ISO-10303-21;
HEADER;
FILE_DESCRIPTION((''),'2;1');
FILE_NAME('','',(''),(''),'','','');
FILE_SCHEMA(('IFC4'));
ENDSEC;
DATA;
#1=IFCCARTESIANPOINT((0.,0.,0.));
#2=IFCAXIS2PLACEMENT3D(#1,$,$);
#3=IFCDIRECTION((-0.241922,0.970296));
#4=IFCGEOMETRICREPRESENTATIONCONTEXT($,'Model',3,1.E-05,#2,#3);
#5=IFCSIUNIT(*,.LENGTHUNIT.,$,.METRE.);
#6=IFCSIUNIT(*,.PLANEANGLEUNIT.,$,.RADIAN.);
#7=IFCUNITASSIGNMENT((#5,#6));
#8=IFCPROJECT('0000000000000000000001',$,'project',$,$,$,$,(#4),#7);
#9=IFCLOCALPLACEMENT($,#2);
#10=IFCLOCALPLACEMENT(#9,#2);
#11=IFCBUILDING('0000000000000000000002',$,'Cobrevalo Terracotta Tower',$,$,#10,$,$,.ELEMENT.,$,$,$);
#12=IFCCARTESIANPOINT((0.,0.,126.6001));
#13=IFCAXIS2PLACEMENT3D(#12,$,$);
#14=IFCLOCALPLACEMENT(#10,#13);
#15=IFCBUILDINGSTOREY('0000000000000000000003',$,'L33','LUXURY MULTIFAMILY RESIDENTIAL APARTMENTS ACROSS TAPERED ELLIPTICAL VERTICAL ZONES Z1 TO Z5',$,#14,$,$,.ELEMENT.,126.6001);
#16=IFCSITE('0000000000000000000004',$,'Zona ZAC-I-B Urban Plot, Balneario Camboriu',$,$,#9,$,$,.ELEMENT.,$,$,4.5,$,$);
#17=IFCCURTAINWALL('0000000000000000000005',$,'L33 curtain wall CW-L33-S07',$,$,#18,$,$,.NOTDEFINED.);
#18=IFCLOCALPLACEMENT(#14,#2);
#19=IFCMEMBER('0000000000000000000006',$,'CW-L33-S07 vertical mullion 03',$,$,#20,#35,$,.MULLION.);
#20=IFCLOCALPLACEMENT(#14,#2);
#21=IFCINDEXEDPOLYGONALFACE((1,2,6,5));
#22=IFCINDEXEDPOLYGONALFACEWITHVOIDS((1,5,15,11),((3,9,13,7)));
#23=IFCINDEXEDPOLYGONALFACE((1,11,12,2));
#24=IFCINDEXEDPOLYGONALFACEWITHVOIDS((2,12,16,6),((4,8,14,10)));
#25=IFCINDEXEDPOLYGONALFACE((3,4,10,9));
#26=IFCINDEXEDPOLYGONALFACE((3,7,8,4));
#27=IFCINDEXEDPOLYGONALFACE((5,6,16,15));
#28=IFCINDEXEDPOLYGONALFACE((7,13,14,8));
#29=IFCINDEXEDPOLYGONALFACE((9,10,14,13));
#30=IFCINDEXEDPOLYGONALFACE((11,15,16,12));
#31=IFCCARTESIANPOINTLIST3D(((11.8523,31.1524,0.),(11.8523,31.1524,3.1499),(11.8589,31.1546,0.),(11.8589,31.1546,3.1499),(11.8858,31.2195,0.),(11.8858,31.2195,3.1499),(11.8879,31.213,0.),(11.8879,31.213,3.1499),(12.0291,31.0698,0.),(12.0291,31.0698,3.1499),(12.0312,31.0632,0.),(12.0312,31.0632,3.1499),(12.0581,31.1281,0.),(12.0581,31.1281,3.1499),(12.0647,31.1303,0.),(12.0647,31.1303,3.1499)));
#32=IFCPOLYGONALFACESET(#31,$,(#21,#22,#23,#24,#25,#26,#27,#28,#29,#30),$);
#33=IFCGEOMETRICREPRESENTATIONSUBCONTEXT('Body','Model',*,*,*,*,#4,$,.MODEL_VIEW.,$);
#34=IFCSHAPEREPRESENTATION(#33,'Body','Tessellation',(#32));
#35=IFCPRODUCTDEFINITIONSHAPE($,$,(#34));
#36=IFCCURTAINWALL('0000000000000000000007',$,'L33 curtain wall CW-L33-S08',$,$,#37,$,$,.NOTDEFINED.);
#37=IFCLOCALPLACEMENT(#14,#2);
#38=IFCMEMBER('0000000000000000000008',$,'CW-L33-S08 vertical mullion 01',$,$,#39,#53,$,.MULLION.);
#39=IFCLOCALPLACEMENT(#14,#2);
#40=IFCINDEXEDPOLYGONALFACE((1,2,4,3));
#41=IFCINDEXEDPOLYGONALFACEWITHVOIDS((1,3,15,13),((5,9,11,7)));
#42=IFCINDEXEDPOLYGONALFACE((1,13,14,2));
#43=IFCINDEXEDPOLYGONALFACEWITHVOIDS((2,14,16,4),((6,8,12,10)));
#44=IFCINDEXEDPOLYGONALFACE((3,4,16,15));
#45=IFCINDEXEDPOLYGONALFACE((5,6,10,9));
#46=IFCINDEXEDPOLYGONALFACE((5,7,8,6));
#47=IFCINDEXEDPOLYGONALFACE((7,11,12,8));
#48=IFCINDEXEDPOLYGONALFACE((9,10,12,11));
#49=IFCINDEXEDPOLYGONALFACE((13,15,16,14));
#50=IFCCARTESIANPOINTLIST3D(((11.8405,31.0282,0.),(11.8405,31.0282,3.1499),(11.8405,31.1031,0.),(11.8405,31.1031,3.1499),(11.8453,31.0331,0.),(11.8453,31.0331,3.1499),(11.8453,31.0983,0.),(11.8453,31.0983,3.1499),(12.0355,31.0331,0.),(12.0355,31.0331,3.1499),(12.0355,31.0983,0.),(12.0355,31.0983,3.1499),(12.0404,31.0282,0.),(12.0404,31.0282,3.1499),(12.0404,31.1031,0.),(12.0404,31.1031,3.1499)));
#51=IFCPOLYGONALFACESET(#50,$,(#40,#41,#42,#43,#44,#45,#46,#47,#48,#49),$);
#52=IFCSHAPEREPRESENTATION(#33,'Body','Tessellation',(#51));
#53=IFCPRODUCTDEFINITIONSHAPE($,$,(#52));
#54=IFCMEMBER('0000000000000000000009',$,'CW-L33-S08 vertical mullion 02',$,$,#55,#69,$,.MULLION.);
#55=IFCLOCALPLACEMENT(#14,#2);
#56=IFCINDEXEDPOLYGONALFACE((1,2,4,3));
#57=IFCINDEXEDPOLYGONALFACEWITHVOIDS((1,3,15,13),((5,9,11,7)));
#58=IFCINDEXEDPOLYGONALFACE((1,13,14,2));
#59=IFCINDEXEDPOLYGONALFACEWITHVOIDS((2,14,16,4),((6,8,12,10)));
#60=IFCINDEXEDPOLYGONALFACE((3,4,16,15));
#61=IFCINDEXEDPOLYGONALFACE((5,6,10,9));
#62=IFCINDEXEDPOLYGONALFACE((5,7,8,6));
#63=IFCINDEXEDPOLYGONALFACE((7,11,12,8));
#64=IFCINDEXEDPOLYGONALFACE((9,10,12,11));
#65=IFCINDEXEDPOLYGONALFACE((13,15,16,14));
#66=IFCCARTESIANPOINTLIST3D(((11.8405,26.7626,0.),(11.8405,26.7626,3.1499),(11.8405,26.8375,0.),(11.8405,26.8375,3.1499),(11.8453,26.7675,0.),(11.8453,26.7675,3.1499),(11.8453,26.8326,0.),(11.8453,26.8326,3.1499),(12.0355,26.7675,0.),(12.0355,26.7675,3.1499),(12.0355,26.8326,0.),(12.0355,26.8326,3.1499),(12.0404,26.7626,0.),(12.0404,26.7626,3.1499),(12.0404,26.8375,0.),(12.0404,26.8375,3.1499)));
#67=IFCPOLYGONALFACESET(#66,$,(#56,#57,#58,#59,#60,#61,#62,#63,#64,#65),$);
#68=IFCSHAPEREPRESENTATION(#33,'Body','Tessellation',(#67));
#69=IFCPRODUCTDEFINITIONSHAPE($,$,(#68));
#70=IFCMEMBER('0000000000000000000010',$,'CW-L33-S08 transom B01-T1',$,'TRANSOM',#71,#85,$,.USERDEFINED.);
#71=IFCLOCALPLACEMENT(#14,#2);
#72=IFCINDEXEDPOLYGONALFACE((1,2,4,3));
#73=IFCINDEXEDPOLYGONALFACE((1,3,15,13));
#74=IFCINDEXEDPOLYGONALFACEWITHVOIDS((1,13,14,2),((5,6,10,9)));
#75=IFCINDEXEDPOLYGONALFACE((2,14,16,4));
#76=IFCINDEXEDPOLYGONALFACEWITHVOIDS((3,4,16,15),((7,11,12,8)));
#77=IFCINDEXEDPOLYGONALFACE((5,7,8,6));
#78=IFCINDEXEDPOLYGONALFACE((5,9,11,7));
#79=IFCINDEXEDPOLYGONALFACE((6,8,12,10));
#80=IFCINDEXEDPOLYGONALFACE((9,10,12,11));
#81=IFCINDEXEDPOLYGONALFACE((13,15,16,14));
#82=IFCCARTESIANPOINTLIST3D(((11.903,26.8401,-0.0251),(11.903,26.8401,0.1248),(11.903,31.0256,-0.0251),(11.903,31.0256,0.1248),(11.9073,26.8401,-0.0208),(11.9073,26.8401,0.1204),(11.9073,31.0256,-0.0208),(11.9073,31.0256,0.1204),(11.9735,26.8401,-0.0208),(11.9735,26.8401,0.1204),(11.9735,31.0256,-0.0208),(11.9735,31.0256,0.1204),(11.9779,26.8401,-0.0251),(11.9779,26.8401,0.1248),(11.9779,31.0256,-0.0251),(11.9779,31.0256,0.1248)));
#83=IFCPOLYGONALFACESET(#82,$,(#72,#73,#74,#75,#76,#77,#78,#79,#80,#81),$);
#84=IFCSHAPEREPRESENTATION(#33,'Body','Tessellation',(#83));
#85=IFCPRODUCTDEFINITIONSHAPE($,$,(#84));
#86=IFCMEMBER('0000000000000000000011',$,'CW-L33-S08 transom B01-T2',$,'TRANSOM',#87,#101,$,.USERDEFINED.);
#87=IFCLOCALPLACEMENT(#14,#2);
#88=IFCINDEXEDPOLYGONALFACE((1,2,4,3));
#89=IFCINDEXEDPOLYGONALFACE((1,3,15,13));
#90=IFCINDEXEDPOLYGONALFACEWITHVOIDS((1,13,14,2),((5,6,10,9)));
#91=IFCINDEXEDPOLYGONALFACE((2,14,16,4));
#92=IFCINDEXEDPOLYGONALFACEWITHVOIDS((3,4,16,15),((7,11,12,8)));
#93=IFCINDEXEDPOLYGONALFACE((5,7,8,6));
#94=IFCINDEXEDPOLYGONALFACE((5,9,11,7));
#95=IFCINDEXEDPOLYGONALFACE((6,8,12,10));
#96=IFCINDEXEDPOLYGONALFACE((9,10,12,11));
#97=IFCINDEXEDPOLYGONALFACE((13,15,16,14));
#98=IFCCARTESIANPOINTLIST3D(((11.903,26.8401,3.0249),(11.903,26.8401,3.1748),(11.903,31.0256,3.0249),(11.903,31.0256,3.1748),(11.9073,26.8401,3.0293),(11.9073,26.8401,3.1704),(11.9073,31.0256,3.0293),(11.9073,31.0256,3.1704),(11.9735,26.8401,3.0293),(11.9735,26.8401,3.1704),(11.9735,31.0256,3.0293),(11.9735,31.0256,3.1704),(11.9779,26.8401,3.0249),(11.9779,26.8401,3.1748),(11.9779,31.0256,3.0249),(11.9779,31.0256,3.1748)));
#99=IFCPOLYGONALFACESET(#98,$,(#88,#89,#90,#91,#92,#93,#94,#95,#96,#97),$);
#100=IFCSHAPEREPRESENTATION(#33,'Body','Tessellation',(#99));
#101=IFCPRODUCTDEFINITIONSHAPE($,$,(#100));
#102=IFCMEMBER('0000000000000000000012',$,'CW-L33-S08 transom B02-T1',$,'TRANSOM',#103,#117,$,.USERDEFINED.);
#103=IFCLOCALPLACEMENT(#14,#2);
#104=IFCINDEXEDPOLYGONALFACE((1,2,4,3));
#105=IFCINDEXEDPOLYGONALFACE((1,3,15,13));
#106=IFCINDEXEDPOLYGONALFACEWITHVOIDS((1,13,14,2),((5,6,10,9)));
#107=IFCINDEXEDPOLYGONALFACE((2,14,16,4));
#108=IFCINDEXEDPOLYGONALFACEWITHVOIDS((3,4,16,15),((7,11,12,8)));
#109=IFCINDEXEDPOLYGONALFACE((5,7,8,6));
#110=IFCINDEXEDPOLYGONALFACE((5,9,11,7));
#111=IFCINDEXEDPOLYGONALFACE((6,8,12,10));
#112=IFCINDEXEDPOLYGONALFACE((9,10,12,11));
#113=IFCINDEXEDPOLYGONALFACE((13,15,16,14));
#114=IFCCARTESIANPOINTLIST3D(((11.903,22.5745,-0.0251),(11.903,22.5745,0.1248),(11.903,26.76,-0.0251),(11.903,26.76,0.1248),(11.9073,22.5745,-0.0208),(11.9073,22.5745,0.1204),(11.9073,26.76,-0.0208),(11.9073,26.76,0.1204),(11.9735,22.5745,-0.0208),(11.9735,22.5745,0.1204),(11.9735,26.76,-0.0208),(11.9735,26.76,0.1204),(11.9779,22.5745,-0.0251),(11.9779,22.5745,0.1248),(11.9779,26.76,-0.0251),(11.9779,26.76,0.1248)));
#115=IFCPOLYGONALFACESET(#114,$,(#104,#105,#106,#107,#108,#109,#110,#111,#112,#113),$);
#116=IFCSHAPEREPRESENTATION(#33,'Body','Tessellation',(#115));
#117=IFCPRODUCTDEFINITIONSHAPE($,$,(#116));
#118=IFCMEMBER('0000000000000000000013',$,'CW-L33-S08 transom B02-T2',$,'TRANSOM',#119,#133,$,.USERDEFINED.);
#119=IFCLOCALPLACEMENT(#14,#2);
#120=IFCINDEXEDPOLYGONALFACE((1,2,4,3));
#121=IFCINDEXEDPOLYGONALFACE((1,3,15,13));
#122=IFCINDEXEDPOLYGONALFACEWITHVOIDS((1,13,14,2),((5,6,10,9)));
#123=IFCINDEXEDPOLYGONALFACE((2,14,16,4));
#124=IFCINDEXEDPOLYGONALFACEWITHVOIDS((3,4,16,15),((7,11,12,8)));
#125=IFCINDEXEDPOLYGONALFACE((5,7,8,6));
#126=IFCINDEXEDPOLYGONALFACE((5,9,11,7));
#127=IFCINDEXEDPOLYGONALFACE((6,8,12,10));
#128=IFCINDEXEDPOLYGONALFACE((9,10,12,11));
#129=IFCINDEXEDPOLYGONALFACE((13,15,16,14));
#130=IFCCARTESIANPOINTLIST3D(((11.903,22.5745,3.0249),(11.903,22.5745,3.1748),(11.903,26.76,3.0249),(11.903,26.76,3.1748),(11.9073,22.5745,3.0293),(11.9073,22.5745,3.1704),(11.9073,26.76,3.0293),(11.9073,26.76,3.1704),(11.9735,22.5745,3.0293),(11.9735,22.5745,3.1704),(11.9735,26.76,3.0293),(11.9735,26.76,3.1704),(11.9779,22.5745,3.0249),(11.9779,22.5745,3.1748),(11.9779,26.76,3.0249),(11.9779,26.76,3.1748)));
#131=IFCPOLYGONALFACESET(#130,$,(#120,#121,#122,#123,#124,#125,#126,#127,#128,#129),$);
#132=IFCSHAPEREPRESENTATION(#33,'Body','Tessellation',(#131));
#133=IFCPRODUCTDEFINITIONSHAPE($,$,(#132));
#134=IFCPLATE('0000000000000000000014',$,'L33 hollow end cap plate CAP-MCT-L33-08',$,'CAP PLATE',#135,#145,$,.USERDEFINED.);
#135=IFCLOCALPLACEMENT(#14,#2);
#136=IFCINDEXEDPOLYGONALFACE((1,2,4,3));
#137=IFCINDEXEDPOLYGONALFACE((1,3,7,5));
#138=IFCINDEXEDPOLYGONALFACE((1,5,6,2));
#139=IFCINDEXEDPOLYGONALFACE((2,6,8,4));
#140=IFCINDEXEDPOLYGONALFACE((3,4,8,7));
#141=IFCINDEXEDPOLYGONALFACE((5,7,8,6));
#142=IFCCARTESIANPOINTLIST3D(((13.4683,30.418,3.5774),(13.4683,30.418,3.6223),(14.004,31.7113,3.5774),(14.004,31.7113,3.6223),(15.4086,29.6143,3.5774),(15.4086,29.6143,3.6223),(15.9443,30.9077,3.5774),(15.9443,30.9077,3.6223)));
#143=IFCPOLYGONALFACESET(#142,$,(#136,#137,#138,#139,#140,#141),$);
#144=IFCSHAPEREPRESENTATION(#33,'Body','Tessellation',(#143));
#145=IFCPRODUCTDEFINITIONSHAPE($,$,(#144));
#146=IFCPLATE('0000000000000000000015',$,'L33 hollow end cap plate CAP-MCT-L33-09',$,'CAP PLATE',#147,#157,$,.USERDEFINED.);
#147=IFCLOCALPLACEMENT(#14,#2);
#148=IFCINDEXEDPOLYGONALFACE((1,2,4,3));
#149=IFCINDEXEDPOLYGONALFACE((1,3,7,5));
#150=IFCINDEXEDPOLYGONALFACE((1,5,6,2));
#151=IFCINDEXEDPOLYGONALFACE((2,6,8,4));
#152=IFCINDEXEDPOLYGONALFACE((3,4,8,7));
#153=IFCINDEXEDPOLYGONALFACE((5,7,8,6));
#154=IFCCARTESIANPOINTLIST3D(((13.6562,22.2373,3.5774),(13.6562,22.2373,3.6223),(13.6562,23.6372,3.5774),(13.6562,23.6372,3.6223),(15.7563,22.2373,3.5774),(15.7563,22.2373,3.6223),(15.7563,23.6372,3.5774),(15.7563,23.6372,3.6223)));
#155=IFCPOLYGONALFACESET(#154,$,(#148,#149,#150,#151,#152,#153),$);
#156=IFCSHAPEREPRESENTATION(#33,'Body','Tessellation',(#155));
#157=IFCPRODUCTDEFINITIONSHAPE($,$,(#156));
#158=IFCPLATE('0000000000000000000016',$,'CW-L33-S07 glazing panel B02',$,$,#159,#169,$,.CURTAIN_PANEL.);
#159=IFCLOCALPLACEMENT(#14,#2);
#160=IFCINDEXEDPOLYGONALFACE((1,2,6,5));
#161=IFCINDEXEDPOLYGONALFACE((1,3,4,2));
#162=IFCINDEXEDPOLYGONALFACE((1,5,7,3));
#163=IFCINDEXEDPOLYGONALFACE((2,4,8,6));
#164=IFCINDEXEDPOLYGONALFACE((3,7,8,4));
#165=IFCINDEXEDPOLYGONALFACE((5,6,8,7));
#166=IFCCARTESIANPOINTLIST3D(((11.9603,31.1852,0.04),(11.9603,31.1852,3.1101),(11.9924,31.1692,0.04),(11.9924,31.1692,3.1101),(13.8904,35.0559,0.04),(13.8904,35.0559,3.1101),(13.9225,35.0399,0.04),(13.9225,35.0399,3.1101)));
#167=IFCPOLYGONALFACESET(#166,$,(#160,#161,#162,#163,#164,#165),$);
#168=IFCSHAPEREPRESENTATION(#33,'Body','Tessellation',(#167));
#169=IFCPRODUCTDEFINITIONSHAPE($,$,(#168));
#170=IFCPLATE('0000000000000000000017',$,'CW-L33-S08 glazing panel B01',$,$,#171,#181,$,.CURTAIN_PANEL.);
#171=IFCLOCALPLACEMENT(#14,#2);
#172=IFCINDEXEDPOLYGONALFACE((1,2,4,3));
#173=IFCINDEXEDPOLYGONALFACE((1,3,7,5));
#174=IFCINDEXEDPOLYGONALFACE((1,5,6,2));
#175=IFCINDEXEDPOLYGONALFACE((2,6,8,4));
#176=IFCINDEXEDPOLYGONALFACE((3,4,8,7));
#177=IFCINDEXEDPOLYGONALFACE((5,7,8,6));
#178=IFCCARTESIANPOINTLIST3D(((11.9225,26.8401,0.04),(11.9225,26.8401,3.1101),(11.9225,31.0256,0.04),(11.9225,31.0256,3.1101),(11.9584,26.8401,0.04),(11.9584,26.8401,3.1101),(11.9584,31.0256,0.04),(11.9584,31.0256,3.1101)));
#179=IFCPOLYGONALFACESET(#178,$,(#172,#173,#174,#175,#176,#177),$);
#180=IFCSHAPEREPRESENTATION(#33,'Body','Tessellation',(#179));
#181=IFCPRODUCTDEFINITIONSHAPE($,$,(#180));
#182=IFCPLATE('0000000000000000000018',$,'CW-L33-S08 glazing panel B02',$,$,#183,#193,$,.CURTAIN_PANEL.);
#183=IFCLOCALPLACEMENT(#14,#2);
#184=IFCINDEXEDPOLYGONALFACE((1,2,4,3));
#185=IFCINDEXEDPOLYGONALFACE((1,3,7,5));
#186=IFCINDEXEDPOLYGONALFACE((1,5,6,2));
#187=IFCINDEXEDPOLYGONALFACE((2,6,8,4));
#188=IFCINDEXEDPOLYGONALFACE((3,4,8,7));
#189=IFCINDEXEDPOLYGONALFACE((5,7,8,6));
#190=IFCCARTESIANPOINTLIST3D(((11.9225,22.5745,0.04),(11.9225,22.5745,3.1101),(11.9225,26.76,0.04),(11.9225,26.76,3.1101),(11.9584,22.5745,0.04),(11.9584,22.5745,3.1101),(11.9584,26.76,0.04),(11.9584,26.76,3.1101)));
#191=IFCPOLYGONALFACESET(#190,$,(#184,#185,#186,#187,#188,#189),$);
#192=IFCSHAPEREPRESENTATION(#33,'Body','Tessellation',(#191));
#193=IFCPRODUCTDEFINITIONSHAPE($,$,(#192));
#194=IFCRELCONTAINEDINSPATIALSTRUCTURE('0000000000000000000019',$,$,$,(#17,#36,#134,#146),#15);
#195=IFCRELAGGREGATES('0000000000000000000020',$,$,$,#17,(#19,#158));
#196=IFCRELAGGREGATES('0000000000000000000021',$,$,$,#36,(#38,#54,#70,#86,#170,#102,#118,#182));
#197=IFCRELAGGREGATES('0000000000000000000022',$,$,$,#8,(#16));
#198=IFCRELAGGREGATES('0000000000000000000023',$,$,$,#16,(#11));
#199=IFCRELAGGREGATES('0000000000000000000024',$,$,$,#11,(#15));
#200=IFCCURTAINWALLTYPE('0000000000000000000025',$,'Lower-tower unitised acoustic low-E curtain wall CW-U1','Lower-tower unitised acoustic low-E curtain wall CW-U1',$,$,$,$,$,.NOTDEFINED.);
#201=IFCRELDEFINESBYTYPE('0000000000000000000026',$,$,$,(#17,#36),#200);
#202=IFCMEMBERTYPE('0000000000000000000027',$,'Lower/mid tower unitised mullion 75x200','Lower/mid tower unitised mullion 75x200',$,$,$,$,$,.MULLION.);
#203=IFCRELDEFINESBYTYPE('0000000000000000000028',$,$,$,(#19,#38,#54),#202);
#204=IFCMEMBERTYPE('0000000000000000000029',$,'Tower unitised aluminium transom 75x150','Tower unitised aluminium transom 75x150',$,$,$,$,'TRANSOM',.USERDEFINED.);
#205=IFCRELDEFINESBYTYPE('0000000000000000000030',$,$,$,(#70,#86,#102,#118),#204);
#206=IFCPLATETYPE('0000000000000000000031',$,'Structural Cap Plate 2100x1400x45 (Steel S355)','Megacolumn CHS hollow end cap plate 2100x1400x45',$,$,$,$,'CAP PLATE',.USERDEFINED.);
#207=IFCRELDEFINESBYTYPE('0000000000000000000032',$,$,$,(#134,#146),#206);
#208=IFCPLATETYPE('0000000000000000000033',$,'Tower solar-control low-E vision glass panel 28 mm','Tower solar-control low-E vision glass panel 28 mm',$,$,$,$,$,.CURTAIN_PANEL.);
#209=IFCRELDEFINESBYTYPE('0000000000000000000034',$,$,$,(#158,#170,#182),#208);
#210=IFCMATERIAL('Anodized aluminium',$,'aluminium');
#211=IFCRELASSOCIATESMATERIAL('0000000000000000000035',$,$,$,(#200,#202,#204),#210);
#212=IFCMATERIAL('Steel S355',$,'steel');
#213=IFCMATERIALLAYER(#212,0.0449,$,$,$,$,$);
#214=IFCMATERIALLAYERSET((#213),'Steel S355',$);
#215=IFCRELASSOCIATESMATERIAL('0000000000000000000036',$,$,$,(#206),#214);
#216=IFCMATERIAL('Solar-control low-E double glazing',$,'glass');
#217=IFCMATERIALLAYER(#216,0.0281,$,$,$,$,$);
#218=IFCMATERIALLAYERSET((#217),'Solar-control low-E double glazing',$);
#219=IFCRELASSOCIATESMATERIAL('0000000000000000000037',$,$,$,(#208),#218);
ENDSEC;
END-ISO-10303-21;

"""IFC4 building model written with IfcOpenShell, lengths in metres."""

from ifc_helpers import new_model, si_unit, direction, frame, origin, origin_2d, place, context, subcontext, project, spatial, rectangle, hollow_rectangle, extrude, source, transform, mapped, material, layer, layer_set, material_profile, profile_set, type_object, element, aggregate, save


model = new_model("IFC4")

# Units and contexts
model_context = context("Model", 3, precision=1e-05, world=origin(), true_north=direction((-0.241922, 0.970296)))
body_context = subcontext(model_context, "Body", "Model", "MODEL_VIEW")
ifc_project = project(units=[si_unit("LENGTHUNIT", "METRE"), si_unit("PLANEANGLEUNIT", "RADIAN")], contexts=[model_context])

# Site, building, storey
site_placement = place(None, origin())
site = spatial("IfcSite", under=ifc_project, at=site_placement, Name="Zona ZAC-I-B Urban Plot, Balneario Camboriu", CompositionType="ELEMENT", RefElevation=4.5)
building_placement = place(site_placement, origin())
building = spatial("IfcBuilding", under=site, at=building_placement, Name="Cobrevalo Terracotta Tower", CompositionType="ELEMENT")
storey_placement = place(building_placement, frame((0.0, 0.0, 126.6001)))
storey = spatial("IfcBuildingStorey", under=building, at=storey_placement, Name="L33", Description="LUXURY MULTIFAMILY RESIDENTIAL APARTMENTS ACROSS TAPERED ELLIPTICAL VERTICAL ZONES Z1 TO Z5", CompositionType="ELEMENT", Elevation=126.6001)

# Shared definitions
ifc_material_1 = material(Name="Steel S355", Category="steel")

# Curtain wall, member
ifc_material_2 = material(Name="Anodized aluminium", Category="aluminium")
curtain_wall_type = type_object("IfcCurtainWallType", Name="Lower-tower unitised acoustic low-E curtain wall CW-U1", Description="Lower-tower unitised acoustic low-E curtain wall CW-U1", PredefinedType="NOTDEFINED", material=ifc_material_2)
curtain_wall_1_placement = place(storey_placement, origin())
curtain_wall_1 = element("IfcCurtainWall", 1, at=curtain_wall_1_placement, inside=storey, type_object=curtain_wall_type, Name="L33 curtain wall CW-L33-S07", PredefinedType="NOTDEFINED")
ifc_material_profile_1 = material_profile(ifc_material_2, hollow_rectangle(XDim=0.075, YDim=0.2, WallThickness=0.0049, at=origin_2d()), Name="CWM 75x200")
ifc_profile_set_1 = profile_set([ifc_material_profile_1], Name="Anodized aluminium")
member_type_1 = type_object("IfcMemberType", Name="Lower/mid tower unitised mullion 75x200", Description="Lower/mid tower unitised mullion 75x200", PredefinedType="MULLION", material=ifc_profile_set_1)
shared_shape_1 = source(origin(), body_context, "Body", "SweptSolid", [
    extrude(hollow_rectangle(XDim=0.075, YDim=0.2, WallThickness=0.0049, at=origin_2d()), origin(), (0.0, 0.0, 1.0), 3.1499),
])
member_1_placement = place(storey_placement, frame((11.9585, 31.1414, 0.0), z_axis=(0.0, 0.0, 1.0), x_axis=(-0.44626, -0.894903, 0.0)))
member_1 = element("IfcMember", 2, at=member_1_placement, type_object=member_type_1, Name="CW-L33-S07 vertical mullion 03", PredefinedType="MULLION", context=body_context, shape_type="MappedRepresentation", body=[
    mapped(shared_shape_1, transform((0.0, 0.0, 0.0), scale=1.0)),
])

# Curtain wall, members
curtain_wall_2_placement = place(storey_placement, origin())
curtain_wall_2 = element("IfcCurtainWall", 3, at=curtain_wall_2_placement, inside=storey, type_object=curtain_wall_type, Name="L33 curtain wall CW-L33-S08", PredefinedType="NOTDEFINED")
member_2_placement = place(storey_placement, frame((11.9404, 31.0657, 0.0), z_axis=(0.0, 0.0, 1.0), x_axis=(0.0, -1.0, 0.0)))
member_2 = element("IfcMember", 4, at=member_2_placement, type_object=member_type_1, Name="CW-L33-S08 vertical mullion 01", PredefinedType="MULLION", context=body_context, shape_type="MappedRepresentation", body=[
    mapped(shared_shape_1, transform((0.0, 0.0, 0.0), scale=1.0)),
])
member_3_placement = place(storey_placement, frame((11.9404, 26.8, 0.0), z_axis=(0.0, 0.0, 1.0), x_axis=(0.0, -1.0, 0.0)))
member_3 = element("IfcMember", 5, at=member_3_placement, type_object=member_type_1, Name="CW-L33-S08 vertical mullion 02", PredefinedType="MULLION", context=body_context, shape_type="MappedRepresentation", body=[
    mapped(shared_shape_1, transform((0.0, 0.0, 0.0), scale=1.0)),
])
ifc_material_profile_2 = material_profile(ifc_material_2, hollow_rectangle(XDim=0.075, YDim=0.1499, WallThickness=0.0044, at=origin_2d()), Name="CWT 75x150")
ifc_profile_set_2 = profile_set([ifc_material_profile_2], Name="Anodized aluminium")
member_type_2 = type_object("IfcMemberType", Name="Tower unitised aluminium transom 75x150", Description="Tower unitised aluminium transom 75x150", ElementType="TRANSOM", PredefinedType="USERDEFINED", material=ifc_profile_set_2)
shared_shape_2 = source(origin(), body_context, "Body", "SweptSolid", [
    extrude(hollow_rectangle(XDim=0.075, YDim=0.1499, WallThickness=0.0044, at=origin_2d()), origin(), (0.0, 0.0, 1.0), 4.1855),
])
member_4_placement = place(storey_placement, frame((11.9404, 31.0256, 0.0498), z_axis=(0.0, -1.0, 0.0), x_axis=(1.0, 0.0, 0.0)))
member_4 = element("IfcMember", 6, at=member_4_placement, type_object=member_type_2, Name="CW-L33-S08 transom B01-T1", ObjectType="TRANSOM", PredefinedType="USERDEFINED", context=body_context, shape_type="MappedRepresentation", body=[
    mapped(shared_shape_2, transform((0.0, 0.0, 0.0), scale=1.0)),
])
member_5_placement = place(storey_placement, frame((11.9404, 31.0256, 3.0999), z_axis=(0.0, -1.0, 0.0), x_axis=(1.0, 0.0, 0.0)))
member_5 = element("IfcMember", 7, at=member_5_placement, type_object=member_type_2, Name="CW-L33-S08 transom B01-T2", ObjectType="TRANSOM", PredefinedType="USERDEFINED", context=body_context, shape_type="MappedRepresentation", body=[
    mapped(shared_shape_2, transform((0.0, 0.0, 0.0), scale=1.0)),
])
member_6_placement = place(storey_placement, frame((11.9404, 26.76, 0.0498), z_axis=(0.0, -1.0, 0.0), x_axis=(1.0, 0.0, 0.0)))
member_6 = element("IfcMember", 8, at=member_6_placement, type_object=member_type_2, Name="CW-L33-S08 transom B02-T1", ObjectType="TRANSOM", PredefinedType="USERDEFINED", context=body_context, shape_type="MappedRepresentation", body=[
    mapped(shared_shape_2, transform((0.0, 0.0, 0.0), scale=1.0)),
])
member_7_placement = place(storey_placement, frame((11.9404, 26.76, 3.0999), z_axis=(0.0, -1.0, 0.0), x_axis=(1.0, 0.0, 0.0)))
member_7 = element("IfcMember", 9, at=member_7_placement, type_object=member_type_2, Name="CW-L33-S08 transom B02-T2", ObjectType="TRANSOM", PredefinedType="USERDEFINED", context=body_context, shape_type="MappedRepresentation", body=[
    mapped(shared_shape_2, transform((0.0, 0.0, 0.0), scale=1.0)),
])

# Plates
ifc_layer_1 = layer(ifc_material_1, 0.0449)
ifc_layer_set_1 = layer_set([ifc_layer_1], Name="Steel S355")
plate_type_1 = type_object("IfcPlateType", Name="Structural Cap Plate 2100x1400x45 (Steel S355)", Description="Megacolumn CHS hollow end cap plate 2100x1400x45", ElementType="CAP PLATE", PredefinedType="USERDEFINED", material=ifc_layer_set_1)
shared_shape_3 = source(origin(), body_context, "Body", "SweptSolid", [
    extrude(rectangle(XDim=2.1001, YDim=1.3999, at=origin_2d()), origin(), (0.0, 0.0, 1.0), 0.0449),
])
for number, where, z_axis, x_axis, name in (
    (10, (14.7063, 30.6628, 3.5774), (0.0, 0.0, 1.0), (-0.92388, 0.382683, 0.0), "L33 hollow end cap plate CAP-MCT-L33-08"),
    (11, (14.7063, 22.9373, 3.5774), (0.0, 0.0, 1.0), (-1.0, 0.0, 0.0), "L33 hollow end cap plate CAP-MCT-L33-09"),
):
    element("IfcPlate", number, at=place(storey_placement, frame(where, z_axis=z_axis, x_axis=x_axis)), inside=storey, type_object=plate_type_1, Name=name, ObjectType="CAP PLATE", PredefinedType="USERDEFINED", context=body_context, shape_type="MappedRepresentation", body=[
        mapped(shared_shape_3, transform((0.0, 0.0, 0.0), scale=1.0)),
    ])

# Plates
ifc_material_3 = material(Name="Solar-control low-E double glazing", Category="glass")
ifc_layer_2 = layer(ifc_material_3, 0.0281)
ifc_layer_set_2 = layer_set([ifc_layer_2], Name="Solar-control low-E double glazing")
plate_type_2 = type_object("IfcPlateType", Name="Tower solar-control low-E vision glass panel 28 mm", Description="Tower solar-control low-E vision glass panel 28 mm", PredefinedType="CURTAIN_PANEL", material=ifc_layer_set_2)
shared_shape_4 = source(origin(), body_context, "Body", "SweptSolid", [
    extrude(rectangle(XDim=4.3252, YDim=0.0359, at=origin_2d()), origin(), (0.0, 0.0, 1.0), 3.0701),
])
plate_1_placement = place(storey_placement, frame((12.9414, 33.1125, 0.04), z_axis=(0.0, 0.0, 1.0), x_axis=(-0.446262, -0.894902, 0.0)))
plate_1 = element("IfcPlate", 12, at=plate_1_placement, type_object=plate_type_2, Name="CW-L33-S07 glazing panel B02", PredefinedType="CURTAIN_PANEL", context=body_context, shape_type="MappedRepresentation", body=[
    mapped(shared_shape_4, transform((0.0, 0.0, 0.0), scale=1.0)),
])
aggregate(curtain_wall_1, [member_1, plate_1])
shared_shape_5 = source(origin(), body_context, "Body", "SweptSolid", [
    extrude(rectangle(XDim=4.1855, YDim=0.0359, at=origin_2d()), origin(), (0.0, 0.0, 1.0), 3.0701),
])
plate_2_placement = place(storey_placement, frame((11.9404, 28.9329, 0.04), z_axis=(0.0, 0.0, 1.0), x_axis=(0.0, -1.0, 0.0)))
plate_2 = element("IfcPlate", 13, at=plate_2_placement, type_object=plate_type_2, Name="CW-L33-S08 glazing panel B01", PredefinedType="CURTAIN_PANEL", context=body_context, shape_type="MappedRepresentation", body=[
    mapped(shared_shape_5, transform((0.0, 0.0, 0.0), scale=1.0)),
])
plate_3_placement = place(storey_placement, frame((11.9404, 24.6672, 0.04), z_axis=(0.0, 0.0, 1.0), x_axis=(0.0, -1.0, 0.0)))
plate_3 = element("IfcPlate", 14, at=plate_3_placement, type_object=plate_type_2, Name="CW-L33-S08 glazing panel B02", PredefinedType="CURTAIN_PANEL", context=body_context, shape_type="MappedRepresentation", body=[
    mapped(shared_shape_5, transform((0.0, 0.0, 0.0), scale=1.0)),
])
aggregate(curtain_wall_2, [member_2, member_3, member_4, member_5, plate_2, member_6, member_7, plate_3])

save(model, "model.ifc")
